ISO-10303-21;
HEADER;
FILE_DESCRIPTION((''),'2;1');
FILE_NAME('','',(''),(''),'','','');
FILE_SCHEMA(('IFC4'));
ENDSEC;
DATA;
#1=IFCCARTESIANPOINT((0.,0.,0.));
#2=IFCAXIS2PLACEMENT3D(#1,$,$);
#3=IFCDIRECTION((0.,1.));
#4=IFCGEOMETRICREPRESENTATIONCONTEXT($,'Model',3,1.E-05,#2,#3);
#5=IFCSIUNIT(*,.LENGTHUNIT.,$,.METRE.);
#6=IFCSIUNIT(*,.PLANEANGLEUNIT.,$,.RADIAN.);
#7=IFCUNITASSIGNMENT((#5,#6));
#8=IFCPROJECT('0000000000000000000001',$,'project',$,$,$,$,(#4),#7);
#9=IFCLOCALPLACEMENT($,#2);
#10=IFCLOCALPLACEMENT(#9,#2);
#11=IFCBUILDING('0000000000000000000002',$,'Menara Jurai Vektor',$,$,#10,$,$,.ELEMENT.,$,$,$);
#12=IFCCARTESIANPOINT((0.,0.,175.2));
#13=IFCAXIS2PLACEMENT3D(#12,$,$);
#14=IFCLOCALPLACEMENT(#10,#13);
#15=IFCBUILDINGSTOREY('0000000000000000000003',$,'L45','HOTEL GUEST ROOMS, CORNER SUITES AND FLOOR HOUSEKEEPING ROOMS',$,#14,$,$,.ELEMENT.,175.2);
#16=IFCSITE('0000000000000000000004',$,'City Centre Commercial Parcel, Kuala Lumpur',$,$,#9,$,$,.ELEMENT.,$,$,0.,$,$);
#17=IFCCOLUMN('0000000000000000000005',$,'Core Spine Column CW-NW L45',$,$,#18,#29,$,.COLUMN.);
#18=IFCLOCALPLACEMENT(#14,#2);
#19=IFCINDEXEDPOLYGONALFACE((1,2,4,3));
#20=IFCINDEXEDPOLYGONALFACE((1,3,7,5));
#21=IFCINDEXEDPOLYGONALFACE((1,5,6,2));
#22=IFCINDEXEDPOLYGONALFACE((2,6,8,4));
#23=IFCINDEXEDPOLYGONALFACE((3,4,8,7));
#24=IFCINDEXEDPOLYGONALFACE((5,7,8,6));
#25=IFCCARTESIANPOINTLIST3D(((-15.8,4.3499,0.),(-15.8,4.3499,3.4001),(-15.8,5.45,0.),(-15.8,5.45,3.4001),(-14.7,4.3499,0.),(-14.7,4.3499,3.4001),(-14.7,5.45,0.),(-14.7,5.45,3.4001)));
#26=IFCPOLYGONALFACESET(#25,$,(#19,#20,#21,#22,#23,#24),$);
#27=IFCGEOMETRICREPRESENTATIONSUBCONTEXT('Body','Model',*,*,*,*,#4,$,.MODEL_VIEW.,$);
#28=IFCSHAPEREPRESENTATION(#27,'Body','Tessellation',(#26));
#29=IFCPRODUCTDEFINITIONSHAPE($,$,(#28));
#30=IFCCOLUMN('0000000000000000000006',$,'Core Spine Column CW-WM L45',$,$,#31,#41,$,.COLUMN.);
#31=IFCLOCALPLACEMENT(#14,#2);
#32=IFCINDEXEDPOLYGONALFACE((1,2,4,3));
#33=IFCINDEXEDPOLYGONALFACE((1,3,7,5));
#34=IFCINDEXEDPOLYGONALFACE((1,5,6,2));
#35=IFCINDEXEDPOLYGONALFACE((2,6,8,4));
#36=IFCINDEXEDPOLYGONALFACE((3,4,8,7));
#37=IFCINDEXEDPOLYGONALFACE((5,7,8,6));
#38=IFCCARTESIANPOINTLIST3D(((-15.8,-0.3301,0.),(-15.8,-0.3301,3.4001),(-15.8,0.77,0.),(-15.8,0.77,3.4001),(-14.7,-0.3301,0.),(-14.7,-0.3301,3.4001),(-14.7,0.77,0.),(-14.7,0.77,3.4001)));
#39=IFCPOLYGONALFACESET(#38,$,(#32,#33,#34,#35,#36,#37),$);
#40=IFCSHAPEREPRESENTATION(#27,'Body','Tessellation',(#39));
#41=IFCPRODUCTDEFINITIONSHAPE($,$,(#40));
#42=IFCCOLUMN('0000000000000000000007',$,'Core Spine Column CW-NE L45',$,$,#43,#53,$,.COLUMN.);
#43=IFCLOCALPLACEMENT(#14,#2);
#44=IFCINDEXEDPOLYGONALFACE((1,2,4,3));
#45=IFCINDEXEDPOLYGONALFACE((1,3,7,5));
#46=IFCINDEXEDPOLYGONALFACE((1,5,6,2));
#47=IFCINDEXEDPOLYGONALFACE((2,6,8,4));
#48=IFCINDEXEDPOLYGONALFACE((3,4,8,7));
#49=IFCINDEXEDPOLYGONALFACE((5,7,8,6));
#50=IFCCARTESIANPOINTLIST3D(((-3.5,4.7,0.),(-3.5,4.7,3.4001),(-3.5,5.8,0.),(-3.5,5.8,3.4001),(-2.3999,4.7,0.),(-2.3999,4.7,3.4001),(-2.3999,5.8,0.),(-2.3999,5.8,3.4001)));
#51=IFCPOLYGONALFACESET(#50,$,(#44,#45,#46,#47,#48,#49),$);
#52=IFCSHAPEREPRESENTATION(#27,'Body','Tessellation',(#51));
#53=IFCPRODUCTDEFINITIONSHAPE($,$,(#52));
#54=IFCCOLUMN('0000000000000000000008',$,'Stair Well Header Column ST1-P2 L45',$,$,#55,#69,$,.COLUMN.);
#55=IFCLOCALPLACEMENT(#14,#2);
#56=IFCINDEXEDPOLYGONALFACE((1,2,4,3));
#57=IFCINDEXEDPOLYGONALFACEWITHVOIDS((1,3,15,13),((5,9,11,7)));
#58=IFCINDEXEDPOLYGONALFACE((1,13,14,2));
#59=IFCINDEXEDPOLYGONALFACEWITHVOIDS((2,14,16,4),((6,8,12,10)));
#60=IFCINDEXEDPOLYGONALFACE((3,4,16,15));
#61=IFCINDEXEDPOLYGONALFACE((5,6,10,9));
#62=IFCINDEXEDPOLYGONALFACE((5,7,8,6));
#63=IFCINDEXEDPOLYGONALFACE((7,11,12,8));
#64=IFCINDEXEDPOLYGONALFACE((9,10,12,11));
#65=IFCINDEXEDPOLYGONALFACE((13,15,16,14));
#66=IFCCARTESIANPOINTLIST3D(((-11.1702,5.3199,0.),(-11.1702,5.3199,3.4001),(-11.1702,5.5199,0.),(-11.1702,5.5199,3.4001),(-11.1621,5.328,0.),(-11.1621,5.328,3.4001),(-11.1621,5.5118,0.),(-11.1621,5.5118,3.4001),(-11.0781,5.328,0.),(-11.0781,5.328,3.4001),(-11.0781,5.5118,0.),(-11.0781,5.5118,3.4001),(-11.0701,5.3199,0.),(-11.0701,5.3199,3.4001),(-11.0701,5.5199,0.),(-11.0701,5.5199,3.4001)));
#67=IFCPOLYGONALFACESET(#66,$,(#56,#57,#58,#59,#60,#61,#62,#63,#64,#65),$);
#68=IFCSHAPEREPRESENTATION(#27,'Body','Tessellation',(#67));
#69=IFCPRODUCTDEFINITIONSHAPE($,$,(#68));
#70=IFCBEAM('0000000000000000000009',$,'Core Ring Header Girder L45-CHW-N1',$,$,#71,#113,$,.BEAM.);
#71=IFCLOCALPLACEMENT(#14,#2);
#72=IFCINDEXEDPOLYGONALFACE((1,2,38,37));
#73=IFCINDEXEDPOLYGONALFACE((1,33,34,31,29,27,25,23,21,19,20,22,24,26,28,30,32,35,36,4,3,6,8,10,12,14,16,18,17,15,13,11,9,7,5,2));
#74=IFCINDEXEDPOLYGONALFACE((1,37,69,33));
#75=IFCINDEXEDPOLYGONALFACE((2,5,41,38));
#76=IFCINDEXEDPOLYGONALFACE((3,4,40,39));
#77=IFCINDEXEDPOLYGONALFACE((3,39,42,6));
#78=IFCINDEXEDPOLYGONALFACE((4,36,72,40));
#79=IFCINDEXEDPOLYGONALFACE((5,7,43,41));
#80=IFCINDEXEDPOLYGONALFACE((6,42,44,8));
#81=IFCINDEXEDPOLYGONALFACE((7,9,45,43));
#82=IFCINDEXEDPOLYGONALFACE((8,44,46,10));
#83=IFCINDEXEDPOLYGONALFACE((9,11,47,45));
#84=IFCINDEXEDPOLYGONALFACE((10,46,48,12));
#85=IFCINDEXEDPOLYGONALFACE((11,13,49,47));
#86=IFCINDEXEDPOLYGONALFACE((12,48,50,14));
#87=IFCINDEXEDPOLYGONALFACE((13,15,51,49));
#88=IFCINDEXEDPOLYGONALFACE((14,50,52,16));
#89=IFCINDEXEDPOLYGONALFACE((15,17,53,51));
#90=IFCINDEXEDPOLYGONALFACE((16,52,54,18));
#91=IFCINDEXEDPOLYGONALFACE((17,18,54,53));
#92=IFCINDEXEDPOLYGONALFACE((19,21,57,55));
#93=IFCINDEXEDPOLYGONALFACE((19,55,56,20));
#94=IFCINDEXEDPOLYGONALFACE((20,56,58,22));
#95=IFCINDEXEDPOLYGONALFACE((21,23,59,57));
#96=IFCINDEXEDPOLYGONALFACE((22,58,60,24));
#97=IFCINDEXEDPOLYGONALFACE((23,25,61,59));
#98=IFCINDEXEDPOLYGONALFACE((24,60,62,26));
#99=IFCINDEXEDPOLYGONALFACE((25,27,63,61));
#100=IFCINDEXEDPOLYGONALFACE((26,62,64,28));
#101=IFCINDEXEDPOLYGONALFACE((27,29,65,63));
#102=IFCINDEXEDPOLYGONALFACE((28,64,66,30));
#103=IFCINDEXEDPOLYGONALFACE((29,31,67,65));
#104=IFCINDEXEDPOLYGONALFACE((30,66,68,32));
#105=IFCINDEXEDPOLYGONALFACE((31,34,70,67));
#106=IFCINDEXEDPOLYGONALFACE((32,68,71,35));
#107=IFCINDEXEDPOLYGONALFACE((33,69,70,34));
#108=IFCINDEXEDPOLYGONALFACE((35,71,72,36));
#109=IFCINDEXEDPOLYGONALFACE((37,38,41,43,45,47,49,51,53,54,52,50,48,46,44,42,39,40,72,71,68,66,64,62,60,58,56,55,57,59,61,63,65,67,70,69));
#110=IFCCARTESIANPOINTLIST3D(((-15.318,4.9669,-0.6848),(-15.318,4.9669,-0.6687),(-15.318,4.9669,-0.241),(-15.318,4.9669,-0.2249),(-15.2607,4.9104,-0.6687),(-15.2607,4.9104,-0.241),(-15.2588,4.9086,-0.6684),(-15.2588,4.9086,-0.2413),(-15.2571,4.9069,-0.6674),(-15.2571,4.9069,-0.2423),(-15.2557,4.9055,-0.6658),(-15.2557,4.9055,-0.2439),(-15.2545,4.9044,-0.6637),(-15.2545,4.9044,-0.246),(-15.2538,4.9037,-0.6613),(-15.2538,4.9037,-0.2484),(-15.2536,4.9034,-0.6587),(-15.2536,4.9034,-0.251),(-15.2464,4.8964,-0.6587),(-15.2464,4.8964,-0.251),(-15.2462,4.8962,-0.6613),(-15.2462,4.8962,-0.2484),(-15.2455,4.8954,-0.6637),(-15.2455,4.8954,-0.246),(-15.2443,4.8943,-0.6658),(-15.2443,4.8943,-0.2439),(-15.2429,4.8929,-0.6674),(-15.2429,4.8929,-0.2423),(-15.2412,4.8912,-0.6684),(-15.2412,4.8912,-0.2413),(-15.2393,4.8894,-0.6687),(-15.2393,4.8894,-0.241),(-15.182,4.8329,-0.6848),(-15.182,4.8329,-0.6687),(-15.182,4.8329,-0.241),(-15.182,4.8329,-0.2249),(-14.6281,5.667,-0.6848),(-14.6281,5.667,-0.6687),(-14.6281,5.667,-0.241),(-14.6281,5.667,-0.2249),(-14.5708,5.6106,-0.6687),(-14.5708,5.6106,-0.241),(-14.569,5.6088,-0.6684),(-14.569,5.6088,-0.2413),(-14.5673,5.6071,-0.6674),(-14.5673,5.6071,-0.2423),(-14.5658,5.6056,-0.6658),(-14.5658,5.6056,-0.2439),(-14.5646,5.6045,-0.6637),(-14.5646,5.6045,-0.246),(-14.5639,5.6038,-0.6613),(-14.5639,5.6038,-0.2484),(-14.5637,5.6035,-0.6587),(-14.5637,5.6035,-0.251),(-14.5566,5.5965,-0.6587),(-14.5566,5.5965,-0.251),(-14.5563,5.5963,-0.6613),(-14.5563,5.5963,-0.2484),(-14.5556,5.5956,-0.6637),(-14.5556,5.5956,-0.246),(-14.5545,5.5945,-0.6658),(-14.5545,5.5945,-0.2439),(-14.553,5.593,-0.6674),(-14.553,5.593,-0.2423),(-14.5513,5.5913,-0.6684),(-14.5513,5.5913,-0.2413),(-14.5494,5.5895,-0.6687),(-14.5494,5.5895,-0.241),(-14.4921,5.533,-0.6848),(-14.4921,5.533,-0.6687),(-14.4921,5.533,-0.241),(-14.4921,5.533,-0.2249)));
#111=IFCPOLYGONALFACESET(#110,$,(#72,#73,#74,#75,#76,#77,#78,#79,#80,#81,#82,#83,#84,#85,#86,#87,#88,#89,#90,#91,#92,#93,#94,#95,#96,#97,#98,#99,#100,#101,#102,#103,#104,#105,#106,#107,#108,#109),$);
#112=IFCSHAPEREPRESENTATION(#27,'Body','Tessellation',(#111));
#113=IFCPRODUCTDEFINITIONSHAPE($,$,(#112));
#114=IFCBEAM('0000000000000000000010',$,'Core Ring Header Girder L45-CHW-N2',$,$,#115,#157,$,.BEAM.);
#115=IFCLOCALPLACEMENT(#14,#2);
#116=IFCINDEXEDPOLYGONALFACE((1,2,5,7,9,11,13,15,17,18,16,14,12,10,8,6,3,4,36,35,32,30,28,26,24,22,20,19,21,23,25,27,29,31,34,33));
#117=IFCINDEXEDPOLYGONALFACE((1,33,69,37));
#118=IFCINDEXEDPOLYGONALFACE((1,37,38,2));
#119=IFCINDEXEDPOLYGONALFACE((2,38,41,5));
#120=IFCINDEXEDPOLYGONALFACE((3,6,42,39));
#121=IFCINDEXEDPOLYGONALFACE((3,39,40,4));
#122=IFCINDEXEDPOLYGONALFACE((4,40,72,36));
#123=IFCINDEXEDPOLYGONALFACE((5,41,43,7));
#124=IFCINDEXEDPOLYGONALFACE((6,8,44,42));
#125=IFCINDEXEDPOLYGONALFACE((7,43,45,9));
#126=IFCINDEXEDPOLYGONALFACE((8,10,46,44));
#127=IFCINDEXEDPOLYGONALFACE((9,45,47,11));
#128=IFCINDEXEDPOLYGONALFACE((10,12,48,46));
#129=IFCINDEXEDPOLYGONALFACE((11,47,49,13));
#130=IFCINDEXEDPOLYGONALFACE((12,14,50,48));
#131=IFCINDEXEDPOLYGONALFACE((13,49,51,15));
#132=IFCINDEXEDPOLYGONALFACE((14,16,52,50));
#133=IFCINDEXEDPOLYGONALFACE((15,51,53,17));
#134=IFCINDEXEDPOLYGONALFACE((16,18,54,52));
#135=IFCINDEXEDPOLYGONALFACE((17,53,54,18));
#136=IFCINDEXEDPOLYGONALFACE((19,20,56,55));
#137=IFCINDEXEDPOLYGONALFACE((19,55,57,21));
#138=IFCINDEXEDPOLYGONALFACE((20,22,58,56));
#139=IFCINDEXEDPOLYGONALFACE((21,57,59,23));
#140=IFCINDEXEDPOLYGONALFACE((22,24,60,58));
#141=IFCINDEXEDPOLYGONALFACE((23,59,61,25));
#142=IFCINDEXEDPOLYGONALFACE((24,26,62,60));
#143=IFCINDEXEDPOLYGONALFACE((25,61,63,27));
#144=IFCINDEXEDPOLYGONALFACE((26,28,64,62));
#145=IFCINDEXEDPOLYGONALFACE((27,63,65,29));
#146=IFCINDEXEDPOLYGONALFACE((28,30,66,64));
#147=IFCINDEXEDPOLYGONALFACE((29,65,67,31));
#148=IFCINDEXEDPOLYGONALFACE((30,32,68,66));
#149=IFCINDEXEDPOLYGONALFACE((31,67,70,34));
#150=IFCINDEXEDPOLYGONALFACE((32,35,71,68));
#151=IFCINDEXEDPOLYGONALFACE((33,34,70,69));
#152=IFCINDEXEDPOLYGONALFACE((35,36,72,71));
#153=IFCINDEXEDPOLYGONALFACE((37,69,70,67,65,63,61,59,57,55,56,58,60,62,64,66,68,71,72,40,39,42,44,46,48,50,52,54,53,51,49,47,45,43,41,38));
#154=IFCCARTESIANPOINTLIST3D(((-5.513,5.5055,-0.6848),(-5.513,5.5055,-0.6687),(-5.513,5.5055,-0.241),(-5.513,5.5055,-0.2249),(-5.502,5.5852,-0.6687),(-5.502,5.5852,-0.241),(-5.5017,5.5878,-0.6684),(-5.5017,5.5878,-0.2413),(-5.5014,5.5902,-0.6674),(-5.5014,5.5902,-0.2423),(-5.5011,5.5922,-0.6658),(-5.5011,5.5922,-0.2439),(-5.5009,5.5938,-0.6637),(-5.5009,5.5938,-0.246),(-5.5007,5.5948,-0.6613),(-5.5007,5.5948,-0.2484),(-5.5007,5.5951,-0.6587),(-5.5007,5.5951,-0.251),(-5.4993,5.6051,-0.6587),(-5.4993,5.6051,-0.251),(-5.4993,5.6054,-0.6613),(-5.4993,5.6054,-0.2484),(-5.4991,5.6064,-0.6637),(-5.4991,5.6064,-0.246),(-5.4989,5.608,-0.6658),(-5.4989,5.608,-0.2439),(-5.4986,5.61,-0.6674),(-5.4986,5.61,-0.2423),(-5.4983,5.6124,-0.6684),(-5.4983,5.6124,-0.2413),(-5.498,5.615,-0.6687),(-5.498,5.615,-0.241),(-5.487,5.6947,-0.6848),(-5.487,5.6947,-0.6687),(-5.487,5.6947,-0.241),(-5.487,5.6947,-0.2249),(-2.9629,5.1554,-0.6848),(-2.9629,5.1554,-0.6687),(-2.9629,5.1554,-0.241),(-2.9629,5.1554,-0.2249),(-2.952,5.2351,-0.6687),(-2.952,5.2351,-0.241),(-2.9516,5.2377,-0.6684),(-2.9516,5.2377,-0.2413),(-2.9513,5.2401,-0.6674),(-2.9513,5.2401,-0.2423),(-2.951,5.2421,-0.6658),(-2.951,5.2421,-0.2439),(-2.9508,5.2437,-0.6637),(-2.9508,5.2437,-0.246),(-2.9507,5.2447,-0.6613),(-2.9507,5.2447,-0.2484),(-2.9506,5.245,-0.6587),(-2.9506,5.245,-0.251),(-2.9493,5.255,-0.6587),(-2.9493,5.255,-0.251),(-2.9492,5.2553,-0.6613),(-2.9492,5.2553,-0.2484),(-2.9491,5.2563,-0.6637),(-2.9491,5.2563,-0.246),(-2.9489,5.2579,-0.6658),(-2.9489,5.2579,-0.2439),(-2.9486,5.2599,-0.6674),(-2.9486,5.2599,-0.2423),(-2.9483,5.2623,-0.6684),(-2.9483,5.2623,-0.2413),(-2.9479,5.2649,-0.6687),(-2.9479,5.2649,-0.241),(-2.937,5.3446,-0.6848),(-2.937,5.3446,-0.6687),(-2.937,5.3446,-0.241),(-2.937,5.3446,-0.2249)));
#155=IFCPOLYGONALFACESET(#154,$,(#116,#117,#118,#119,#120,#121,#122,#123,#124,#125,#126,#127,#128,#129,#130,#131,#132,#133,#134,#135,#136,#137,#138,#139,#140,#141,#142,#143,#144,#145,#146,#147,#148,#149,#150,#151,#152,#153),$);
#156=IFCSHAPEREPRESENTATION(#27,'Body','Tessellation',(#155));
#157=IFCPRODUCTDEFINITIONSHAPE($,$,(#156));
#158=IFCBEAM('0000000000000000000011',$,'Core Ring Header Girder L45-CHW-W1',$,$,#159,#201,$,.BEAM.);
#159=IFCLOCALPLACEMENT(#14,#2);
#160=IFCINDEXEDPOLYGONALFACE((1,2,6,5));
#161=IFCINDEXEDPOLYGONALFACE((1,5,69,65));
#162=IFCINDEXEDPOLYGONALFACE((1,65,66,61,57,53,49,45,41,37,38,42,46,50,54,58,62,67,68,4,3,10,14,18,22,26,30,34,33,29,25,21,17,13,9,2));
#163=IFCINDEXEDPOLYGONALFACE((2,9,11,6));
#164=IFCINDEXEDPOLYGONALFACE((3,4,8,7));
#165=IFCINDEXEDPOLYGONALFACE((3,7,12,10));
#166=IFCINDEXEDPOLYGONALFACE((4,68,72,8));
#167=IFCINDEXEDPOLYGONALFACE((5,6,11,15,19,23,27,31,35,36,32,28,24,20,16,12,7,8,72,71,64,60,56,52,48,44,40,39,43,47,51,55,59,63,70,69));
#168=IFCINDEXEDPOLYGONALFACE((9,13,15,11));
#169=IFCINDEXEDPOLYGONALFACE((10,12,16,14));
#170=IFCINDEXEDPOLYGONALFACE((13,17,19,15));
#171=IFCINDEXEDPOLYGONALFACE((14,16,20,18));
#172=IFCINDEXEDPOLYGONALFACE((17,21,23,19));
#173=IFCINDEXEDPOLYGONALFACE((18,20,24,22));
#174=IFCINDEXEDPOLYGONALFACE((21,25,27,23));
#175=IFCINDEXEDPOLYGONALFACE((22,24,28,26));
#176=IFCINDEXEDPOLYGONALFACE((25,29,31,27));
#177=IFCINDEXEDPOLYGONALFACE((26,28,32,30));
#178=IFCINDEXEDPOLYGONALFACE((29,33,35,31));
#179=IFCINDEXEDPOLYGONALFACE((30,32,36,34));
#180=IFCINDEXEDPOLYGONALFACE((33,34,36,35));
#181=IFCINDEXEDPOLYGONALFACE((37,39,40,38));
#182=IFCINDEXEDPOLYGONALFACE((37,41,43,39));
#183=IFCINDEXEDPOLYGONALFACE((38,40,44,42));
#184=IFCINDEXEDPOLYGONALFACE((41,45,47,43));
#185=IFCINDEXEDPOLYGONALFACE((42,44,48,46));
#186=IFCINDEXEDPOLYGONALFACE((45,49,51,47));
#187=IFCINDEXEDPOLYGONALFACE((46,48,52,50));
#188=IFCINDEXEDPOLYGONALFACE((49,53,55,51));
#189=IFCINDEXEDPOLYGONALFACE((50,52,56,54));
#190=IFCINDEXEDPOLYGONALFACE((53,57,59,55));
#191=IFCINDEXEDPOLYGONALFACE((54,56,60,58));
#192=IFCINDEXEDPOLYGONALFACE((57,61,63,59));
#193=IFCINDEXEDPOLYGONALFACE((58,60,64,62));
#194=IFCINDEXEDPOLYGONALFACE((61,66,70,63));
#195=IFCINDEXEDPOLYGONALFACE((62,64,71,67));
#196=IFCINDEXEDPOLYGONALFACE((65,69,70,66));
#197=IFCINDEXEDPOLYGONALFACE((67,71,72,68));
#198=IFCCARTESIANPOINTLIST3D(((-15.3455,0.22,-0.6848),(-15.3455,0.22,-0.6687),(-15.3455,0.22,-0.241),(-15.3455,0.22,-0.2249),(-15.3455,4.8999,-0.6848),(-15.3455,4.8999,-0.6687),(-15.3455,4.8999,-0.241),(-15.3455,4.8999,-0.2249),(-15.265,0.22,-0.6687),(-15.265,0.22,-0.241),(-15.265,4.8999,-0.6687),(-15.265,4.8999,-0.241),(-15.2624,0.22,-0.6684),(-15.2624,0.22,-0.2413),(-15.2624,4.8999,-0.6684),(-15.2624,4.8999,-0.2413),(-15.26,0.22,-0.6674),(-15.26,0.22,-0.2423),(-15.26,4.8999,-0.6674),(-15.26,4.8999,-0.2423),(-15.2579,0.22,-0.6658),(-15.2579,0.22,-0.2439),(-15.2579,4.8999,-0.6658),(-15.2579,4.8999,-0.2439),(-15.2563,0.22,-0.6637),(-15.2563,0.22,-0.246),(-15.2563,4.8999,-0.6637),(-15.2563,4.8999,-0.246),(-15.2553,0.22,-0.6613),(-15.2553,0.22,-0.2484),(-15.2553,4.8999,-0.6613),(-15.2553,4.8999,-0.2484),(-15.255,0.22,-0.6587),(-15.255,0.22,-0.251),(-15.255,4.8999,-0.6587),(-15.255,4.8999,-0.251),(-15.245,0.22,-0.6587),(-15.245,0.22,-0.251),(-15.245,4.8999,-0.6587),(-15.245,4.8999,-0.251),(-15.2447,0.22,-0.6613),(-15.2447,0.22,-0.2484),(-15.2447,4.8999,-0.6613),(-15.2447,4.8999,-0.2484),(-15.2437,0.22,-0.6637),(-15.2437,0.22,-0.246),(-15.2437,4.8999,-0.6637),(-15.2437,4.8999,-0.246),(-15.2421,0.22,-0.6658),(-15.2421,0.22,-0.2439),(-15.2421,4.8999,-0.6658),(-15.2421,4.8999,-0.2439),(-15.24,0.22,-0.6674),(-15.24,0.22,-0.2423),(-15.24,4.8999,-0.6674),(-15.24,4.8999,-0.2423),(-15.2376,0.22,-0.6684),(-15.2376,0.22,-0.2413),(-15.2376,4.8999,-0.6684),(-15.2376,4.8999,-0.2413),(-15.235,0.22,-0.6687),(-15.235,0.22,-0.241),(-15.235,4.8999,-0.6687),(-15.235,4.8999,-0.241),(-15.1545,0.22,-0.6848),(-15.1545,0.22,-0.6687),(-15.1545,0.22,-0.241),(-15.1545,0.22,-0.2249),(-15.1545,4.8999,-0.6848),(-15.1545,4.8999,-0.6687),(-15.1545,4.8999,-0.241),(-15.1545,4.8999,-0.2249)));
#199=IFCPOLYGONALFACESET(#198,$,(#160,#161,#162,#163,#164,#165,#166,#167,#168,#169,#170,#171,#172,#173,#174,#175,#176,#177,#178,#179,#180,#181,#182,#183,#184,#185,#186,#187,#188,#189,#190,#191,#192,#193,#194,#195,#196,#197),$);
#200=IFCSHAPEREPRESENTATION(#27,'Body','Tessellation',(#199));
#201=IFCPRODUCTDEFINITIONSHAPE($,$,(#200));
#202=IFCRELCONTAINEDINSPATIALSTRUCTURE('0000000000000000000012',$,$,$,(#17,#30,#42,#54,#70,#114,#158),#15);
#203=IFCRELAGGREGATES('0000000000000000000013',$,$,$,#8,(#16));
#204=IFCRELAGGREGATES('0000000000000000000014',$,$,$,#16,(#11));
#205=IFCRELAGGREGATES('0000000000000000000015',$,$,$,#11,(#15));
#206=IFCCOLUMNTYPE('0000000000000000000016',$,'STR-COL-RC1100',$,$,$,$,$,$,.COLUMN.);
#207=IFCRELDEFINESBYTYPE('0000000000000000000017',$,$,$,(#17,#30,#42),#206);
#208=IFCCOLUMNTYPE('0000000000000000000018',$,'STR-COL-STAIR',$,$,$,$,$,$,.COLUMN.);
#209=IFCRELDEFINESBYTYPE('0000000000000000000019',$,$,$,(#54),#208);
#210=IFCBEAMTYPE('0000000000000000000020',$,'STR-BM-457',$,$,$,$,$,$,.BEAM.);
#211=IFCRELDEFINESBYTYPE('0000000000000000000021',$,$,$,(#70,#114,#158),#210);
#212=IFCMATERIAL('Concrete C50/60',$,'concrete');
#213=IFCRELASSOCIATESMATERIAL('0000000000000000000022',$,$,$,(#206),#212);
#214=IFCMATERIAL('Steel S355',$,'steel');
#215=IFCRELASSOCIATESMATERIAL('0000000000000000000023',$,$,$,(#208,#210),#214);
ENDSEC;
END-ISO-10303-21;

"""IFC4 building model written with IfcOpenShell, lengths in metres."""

from ifc_helpers import new_model, si_unit, direction, frame, origin, origin_2d, place, context, subcontext, project, spatial, rectangle, hollow_rectangle, i_section, extrude, material, material_profile, profile_set, type_object, element, save


model = new_model("IFC4")

# Units and contexts
model_context = context("Model", 3, precision=1e-05, world=origin(), true_north=direction((0.0, 1.0)))
body_context = subcontext(model_context, "Body", "Model", "MODEL_VIEW")
ifc_project = project(units=[si_unit("LENGTHUNIT", "METRE"), si_unit("PLANEANGLEUNIT", "RADIAN")], contexts=[model_context])

# Site, building, storey
site_placement = place(None, origin())
site = spatial("IfcSite", under=ifc_project, at=site_placement, Name="City Centre Commercial Parcel, Kuala Lumpur", CompositionType="ELEMENT", RefElevation=0.0)
building_placement = place(site_placement, origin())
building = spatial("IfcBuilding", under=site, at=building_placement, Name="Menara Jurai Vektor", CompositionType="ELEMENT")
storey_placement = place(building_placement, frame((0.0, 0.0, 175.2)))
storey = spatial("IfcBuildingStorey", under=building, at=storey_placement, Name="L45", Description="HOTEL GUEST ROOMS, CORNER SUITES AND FLOOR HOUSEKEEPING ROOMS", CompositionType="ELEMENT", Elevation=175.2)

# Columns
ifc_material_1 = material(Name="Concrete C50/60", Category="concrete")
ifc_material_profile_1 = material_profile(ifc_material_1, rectangle(XDim=1.1001, YDim=1.1001, at=origin_2d()), Name="RC 1100x1100")
ifc_profile_set_1 = profile_set([ifc_material_profile_1], Name="Concrete C50/60")
column_type_1 = type_object("IfcColumnType", Name="STR-COL-RC1100", PredefinedType="COLUMN", material=ifc_profile_set_1)
for number, where, z_axis, x_axis, name in (
    (1, (-15.25, 4.8999, 0.0), (0.0, 0.0, 1.0), (1.0, 0.0, 0.0), "Core Spine Column CW-NW L45"),
    (2, (-15.25, 0.22, 0.0), (0.0, 0.0, 1.0), (1.0, 0.0, 0.0), "Core Spine Column CW-WM L45"),
    (3, (-2.95, 5.25, 0.0), (0.0, 0.0, 1.0), (1.0, 0.0, 0.0), "Core Spine Column CW-NE L45"),
):
    element("IfcColumn", number, at=place(storey_placement, frame(where, z_axis=z_axis, x_axis=x_axis)), inside=storey, type_object=column_type_1, Name=name, PredefinedType="COLUMN", context=body_context, shape_type="SweptSolid", body=[
        extrude(rectangle(XDim=1.1001, YDim=1.1001, at=origin_2d()), origin(), (0.0, 0.0, 1.0), 3.4001),
    ])
ifc_material_2 = material(Name="Steel S355", Category="steel")
ifc_material_profile_2 = material_profile(ifc_material_2, hollow_rectangle(XDim=0.1001, YDim=0.2, WallThickness=0.0081, at=origin_2d()), Name="RHS 200x100x8")
ifc_profile_set_2 = profile_set([ifc_material_profile_2], Name="Steel S355")
column_type_2 = type_object("IfcColumnType", Name="STR-COL-STAIR", PredefinedType="COLUMN", material=ifc_profile_set_2)
column_placement = place(storey_placement, frame((-11.1201, 5.4199, 0.0), z_axis=(0.0, 0.0, 1.0), x_axis=(1.0, 0.0, 0.0)))
element("IfcColumn", 4, at=column_placement, inside=storey, type_object=column_type_2, Name="Stair Well Header Column ST1-P2 L45", PredefinedType="COLUMN", context=body_context, shape_type="SweptSolid", body=[
    extrude(hollow_rectangle(XDim=0.1001, YDim=0.2, WallThickness=0.0081, at=origin_2d()), origin(), (0.0, 0.0, 1.0), 3.4001),
])

# Beams
ifc_material_profile_3 = material_profile(ifc_material_2, i_section(OverallWidth=0.1909, OverallDepth=0.46, WebThickness=0.01, FlangeThickness=0.0161, FilletRadius=0.01, at=origin_2d()), Name="UKB 457x191x82")
ifc_profile_set_3 = profile_set([ifc_material_profile_3], Name="Steel S355")
beam_type_1 = type_object("IfcBeamType", Name="STR-BM-457", PredefinedType="BEAM", material=ifc_profile_set_3)
beam_1_placement = place(storey_placement, frame((-15.25, 4.8999, -0.4548), z_axis=(0.701872, 0.712303, 0.0), x_axis=(-0.712303, 0.701872, 0.0)))
element("IfcBeam", 5, at=beam_1_placement, inside=storey, type_object=beam_type_1, Name="Core Ring Header Girder L45-CHW-N1", PredefinedType="BEAM", context=body_context, shape_type="SweptSolid", body=[
    extrude(i_section(OverallWidth=0.1909, OverallDepth=0.46, WebThickness=0.01, FlangeThickness=0.0161, FilletRadius=0.01, at=origin_2d()), origin(), (0.0, 0.0, 1.0), 0.9829),
])
beam_2_placement = place(storey_placement, frame((-5.5, 5.6001, -0.4548), z_axis=(0.990707, -0.136015, 0.0), x_axis=(0.136015, 0.990707, 0.0)))
element("IfcBeam", 6, at=beam_2_placement, inside=storey, type_object=beam_type_1, Name="Core Ring Header Girder L45-CHW-N2", PredefinedType="BEAM", context=body_context, shape_type="SweptSolid", body=[
    extrude(i_section(OverallWidth=0.1909, OverallDepth=0.46, WebThickness=0.01, FlangeThickness=0.0161, FilletRadius=0.01, at=origin_2d()), origin(), (0.0, 0.0, 1.0), 2.574),
])
beam_3_placement = place(storey_placement, frame((-15.25, 0.22, -0.4548), z_axis=(0.0, 1.0, 0.0), x_axis=(-1.0, 0.0, 0.0)))
element("IfcBeam", 7, at=beam_3_placement, inside=storey, type_object=beam_type_1, Name="Core Ring Header Girder L45-CHW-W1", PredefinedType="BEAM", context=body_context, shape_type="SweptSolid", body=[
    extrude(i_section(OverallWidth=0.1909, OverallDepth=0.46, WebThickness=0.01, FlangeThickness=0.0161, FilletRadius=0.01, at=origin_2d()), origin(), (0.0, 0.0, 1.0), 4.6799),
])

save(model, "model.ifc")
